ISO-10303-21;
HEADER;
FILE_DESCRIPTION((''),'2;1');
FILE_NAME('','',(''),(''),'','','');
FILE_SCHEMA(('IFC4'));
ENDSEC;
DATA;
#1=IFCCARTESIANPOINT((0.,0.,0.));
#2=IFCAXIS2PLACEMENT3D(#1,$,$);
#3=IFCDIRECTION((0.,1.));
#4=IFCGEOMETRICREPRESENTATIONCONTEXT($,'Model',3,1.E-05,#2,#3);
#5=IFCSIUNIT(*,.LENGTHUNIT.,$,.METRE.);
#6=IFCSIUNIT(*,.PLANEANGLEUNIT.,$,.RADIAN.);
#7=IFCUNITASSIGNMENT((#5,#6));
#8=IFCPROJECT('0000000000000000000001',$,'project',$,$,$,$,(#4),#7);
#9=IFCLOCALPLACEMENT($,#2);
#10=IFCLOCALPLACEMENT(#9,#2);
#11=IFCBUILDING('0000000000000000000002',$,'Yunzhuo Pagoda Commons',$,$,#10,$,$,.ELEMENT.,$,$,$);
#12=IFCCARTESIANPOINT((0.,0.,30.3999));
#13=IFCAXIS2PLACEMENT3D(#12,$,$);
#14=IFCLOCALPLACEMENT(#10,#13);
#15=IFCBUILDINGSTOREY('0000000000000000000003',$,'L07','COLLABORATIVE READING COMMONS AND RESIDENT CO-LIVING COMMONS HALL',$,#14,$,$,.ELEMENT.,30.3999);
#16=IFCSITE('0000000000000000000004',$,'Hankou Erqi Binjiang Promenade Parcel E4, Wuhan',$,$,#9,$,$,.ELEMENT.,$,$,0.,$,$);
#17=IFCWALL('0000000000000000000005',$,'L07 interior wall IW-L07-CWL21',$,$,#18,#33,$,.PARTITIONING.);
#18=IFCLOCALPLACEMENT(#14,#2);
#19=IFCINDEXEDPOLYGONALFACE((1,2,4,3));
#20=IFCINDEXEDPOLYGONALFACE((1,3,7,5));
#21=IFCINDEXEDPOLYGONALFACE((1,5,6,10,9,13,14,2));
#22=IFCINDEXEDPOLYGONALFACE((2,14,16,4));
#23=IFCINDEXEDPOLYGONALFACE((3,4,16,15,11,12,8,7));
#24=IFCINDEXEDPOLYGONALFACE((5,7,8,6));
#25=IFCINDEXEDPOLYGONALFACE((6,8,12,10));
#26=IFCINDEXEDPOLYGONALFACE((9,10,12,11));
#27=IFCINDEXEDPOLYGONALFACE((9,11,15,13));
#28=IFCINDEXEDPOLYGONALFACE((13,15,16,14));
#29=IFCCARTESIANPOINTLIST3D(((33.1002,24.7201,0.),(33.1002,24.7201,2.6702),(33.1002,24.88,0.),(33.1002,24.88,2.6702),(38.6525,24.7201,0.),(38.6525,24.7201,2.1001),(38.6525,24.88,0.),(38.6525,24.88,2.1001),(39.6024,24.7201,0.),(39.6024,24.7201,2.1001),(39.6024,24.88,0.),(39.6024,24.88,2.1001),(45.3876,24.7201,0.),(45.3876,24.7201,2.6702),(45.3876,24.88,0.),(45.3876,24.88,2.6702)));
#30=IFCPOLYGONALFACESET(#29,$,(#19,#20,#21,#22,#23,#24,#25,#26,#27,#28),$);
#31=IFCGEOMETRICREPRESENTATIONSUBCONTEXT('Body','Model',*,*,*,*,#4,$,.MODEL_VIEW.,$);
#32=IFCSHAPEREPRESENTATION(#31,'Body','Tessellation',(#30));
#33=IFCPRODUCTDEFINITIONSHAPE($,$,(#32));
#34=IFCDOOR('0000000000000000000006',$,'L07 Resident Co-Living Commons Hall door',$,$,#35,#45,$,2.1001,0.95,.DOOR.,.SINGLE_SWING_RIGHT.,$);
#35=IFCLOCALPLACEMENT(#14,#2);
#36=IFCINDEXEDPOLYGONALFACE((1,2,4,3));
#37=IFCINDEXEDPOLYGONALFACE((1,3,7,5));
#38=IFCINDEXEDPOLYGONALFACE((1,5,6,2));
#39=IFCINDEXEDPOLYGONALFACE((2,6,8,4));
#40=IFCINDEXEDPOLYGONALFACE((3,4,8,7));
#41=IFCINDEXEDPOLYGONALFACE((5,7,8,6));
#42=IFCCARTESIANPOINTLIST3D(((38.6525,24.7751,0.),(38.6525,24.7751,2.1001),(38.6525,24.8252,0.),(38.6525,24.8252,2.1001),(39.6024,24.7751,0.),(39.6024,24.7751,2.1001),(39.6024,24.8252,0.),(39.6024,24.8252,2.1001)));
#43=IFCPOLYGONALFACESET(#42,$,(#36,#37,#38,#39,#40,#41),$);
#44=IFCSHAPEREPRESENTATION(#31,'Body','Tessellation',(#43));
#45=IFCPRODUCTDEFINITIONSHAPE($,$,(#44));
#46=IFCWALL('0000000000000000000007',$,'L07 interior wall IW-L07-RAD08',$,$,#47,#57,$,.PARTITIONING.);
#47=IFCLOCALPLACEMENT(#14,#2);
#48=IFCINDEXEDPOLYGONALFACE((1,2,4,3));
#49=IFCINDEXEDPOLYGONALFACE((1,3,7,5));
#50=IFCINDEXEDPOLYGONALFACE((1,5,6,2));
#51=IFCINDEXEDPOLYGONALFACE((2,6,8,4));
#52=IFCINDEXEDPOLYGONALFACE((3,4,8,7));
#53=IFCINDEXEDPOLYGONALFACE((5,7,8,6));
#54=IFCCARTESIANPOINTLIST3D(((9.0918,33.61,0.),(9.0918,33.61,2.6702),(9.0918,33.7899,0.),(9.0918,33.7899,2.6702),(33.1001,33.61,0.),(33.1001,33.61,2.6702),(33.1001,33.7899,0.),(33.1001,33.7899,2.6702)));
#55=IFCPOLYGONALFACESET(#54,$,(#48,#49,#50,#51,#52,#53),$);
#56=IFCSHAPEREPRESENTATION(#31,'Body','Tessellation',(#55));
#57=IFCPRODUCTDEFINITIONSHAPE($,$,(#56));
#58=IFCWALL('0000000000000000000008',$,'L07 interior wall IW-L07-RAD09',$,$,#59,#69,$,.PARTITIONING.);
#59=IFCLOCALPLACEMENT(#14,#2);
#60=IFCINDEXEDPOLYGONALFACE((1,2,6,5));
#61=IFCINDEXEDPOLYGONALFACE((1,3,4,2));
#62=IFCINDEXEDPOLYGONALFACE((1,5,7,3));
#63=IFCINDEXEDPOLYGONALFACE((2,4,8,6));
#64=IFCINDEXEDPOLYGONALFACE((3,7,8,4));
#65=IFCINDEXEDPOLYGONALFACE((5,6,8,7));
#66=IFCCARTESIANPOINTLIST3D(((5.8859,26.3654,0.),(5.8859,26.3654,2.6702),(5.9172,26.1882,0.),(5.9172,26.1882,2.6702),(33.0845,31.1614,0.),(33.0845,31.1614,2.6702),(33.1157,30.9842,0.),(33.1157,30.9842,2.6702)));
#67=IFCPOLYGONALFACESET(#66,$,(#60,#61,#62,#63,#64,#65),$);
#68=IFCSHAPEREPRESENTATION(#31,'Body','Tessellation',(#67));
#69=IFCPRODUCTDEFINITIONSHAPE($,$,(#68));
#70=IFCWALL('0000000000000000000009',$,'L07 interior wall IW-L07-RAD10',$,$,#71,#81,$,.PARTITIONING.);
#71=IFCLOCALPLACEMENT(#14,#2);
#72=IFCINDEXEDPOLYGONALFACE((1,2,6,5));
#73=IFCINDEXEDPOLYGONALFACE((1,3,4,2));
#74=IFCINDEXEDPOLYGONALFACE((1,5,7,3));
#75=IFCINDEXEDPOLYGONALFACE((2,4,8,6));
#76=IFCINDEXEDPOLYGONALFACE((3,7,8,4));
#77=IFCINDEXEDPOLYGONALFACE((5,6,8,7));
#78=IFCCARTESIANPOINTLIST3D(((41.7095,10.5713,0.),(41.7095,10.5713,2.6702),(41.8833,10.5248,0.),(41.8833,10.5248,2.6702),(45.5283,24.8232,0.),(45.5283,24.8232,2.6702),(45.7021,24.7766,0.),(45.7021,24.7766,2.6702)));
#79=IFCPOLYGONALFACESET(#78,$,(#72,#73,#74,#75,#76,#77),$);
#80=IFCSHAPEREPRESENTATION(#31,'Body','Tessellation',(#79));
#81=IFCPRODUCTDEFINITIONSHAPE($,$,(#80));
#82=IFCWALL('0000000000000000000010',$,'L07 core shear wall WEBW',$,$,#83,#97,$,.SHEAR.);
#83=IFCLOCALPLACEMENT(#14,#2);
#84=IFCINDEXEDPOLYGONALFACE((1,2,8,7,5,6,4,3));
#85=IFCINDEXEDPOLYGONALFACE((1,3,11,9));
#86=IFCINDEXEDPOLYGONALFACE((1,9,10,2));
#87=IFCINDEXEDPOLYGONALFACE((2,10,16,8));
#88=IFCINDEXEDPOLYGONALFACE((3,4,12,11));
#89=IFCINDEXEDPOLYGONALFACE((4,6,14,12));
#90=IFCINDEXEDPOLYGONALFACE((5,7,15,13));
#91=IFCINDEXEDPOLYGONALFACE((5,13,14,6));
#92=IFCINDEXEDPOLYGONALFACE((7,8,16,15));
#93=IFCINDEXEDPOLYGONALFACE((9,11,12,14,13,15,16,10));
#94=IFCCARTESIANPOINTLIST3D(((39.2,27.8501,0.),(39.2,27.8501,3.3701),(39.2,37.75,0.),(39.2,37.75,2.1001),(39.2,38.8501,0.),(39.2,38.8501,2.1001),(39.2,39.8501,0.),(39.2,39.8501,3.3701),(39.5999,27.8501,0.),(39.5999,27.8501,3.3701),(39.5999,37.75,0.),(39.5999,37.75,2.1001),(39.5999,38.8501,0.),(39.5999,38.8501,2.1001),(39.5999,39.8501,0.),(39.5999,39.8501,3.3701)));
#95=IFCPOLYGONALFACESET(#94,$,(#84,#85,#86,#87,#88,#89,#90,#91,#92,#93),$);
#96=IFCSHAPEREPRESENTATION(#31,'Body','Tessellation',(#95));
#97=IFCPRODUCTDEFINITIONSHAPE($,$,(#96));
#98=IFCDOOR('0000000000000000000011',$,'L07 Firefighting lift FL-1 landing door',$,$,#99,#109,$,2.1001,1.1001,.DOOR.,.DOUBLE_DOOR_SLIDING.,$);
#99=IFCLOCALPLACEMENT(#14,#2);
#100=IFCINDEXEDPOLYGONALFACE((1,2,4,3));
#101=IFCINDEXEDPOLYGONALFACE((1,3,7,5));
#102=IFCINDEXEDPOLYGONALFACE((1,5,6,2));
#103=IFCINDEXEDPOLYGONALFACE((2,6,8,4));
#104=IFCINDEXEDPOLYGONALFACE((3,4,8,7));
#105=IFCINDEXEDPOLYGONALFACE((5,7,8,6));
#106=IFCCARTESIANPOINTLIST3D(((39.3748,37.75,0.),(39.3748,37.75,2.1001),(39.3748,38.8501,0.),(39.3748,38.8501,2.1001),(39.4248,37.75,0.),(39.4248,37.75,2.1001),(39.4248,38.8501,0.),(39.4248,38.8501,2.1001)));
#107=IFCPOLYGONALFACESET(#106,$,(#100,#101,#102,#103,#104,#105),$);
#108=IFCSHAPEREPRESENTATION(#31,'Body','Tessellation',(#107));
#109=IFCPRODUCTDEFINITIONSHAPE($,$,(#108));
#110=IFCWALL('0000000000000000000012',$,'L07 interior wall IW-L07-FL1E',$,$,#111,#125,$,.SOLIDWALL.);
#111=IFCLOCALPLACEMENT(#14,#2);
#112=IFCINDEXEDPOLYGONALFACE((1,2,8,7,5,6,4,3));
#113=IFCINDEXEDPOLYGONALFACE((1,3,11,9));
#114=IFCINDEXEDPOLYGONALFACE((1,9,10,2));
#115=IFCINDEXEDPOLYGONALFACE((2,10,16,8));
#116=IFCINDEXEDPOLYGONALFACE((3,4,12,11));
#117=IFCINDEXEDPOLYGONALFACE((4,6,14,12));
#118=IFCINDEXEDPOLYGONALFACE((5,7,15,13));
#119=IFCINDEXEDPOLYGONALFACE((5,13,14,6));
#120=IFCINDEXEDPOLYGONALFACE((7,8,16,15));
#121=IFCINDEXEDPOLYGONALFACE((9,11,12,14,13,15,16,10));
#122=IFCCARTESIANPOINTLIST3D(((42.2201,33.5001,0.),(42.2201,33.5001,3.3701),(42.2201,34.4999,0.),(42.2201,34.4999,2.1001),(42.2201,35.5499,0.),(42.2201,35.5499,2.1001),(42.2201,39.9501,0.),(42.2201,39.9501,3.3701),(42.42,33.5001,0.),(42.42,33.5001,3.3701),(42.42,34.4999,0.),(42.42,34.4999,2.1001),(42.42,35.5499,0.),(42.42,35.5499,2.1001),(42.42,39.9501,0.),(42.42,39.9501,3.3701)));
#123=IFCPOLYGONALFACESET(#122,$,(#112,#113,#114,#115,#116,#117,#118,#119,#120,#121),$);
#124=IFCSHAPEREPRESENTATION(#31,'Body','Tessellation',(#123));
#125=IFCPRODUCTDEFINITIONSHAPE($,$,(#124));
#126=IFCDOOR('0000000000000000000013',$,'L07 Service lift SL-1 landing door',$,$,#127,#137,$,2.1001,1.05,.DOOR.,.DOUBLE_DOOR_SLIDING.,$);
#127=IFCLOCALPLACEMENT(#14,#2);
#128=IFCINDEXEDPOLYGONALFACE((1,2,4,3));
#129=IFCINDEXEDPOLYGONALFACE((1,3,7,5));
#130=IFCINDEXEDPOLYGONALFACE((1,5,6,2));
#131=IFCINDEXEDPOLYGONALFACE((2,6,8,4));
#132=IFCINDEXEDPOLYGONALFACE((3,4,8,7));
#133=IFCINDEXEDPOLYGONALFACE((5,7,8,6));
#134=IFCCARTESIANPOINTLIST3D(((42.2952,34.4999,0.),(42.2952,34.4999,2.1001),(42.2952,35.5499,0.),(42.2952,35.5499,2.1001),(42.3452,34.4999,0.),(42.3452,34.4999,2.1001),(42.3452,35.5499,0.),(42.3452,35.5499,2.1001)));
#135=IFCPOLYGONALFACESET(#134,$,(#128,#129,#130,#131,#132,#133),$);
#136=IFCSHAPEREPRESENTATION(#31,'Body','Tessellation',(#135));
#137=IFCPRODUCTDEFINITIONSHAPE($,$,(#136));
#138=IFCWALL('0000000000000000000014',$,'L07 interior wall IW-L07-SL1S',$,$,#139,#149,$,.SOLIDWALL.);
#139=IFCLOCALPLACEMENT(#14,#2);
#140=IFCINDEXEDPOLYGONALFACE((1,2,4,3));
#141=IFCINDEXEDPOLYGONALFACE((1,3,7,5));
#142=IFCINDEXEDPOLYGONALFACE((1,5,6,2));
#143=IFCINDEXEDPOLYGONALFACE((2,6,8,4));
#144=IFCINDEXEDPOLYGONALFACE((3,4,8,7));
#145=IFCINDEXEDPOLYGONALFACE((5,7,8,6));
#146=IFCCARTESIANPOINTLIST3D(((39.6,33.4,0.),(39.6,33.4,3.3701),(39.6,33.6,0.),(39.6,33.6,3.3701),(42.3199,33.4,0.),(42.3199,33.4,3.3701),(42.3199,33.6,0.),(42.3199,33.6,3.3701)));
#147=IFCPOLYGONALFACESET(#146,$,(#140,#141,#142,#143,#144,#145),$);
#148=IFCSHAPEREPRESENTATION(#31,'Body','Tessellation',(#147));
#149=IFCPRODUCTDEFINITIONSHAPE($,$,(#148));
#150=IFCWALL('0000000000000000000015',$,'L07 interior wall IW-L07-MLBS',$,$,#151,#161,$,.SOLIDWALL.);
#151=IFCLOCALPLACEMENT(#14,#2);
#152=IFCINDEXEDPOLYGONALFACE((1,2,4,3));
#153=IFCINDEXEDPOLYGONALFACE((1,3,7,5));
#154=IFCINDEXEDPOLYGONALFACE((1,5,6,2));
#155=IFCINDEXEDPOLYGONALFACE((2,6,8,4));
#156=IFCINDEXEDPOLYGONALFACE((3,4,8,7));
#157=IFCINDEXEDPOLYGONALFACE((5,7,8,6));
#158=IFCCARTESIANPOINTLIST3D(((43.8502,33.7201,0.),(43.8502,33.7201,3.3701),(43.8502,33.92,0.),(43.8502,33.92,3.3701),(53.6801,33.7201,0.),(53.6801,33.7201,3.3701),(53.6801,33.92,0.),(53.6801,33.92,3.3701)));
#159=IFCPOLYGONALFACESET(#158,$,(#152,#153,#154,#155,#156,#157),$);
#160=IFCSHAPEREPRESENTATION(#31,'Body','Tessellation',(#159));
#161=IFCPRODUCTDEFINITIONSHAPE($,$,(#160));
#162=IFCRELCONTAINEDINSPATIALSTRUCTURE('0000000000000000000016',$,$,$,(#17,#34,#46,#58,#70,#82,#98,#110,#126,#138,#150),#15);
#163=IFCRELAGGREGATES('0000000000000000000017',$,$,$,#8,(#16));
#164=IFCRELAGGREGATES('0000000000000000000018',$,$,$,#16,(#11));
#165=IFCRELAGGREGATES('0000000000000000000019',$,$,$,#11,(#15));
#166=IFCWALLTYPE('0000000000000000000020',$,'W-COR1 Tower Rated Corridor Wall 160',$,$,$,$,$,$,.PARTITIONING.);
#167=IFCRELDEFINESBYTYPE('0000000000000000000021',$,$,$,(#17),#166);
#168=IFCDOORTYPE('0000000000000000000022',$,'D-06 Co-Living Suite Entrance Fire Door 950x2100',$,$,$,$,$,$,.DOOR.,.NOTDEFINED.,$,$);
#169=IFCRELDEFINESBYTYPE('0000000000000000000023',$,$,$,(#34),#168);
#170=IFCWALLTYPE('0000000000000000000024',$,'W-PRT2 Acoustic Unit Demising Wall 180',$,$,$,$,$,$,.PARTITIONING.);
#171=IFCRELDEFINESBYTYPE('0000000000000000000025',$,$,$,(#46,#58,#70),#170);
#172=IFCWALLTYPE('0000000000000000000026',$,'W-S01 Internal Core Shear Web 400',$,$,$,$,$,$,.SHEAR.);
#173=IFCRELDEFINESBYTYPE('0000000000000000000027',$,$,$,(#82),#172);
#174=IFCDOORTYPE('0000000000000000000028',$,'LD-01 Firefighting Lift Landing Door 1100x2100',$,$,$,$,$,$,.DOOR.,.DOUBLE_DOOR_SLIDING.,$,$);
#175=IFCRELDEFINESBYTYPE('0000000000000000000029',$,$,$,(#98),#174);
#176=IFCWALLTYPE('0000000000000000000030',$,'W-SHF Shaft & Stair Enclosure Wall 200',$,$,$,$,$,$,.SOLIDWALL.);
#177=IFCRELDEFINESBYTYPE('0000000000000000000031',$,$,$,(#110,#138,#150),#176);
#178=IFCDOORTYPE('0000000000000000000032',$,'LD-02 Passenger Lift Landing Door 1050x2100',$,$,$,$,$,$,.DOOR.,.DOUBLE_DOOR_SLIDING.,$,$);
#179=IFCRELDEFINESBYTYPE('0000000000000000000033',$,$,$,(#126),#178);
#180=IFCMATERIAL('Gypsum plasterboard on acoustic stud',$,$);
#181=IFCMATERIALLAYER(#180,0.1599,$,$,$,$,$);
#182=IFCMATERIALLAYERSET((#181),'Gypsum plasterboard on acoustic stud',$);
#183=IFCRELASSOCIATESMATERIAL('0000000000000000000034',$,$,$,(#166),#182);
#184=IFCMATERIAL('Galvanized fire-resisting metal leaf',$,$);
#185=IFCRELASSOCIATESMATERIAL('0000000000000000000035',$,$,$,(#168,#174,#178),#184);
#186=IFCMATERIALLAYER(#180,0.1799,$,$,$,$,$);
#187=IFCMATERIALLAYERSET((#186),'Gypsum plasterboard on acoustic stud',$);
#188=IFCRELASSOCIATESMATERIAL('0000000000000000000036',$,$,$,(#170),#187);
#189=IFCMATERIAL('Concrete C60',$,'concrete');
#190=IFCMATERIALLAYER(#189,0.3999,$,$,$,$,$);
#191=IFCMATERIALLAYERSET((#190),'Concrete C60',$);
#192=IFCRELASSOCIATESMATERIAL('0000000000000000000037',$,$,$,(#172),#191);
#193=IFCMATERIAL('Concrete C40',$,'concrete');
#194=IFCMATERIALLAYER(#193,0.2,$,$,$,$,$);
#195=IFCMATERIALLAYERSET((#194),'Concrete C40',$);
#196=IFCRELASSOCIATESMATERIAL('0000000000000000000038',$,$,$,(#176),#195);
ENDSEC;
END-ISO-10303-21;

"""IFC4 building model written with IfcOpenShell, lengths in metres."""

from ifc_helpers import new_model, si_unit, direction, frame, frame_2d, origin, origin_with_axes, place, context, subcontext, project, spatial, rectangle, extrude, source, transform, mapped, material, layer, layer_set, type_object, element, fill, save


model = new_model("IFC4")

# Units and contexts
model_context = context("Model", 3, precision=1e-05, world=origin(), true_north=direction((0.0, 1.0)))
body_context = subcontext(model_context, "Body", "Model", "MODEL_VIEW")
ifc_project = project(units=[si_unit("LENGTHUNIT", "METRE"), si_unit("PLANEANGLEUNIT", "RADIAN")], contexts=[model_context])

# Site, building, storey
site_placement = place(None, origin())
site = spatial("IfcSite", under=ifc_project, at=site_placement, Name="Hankou Erqi Binjiang Promenade Parcel E4, Wuhan", CompositionType="ELEMENT", RefElevation=0.0)
building_placement = place(site_placement, origin())
building = spatial("IfcBuilding", under=site, at=building_placement, Name="Yunzhuo Pagoda Commons", CompositionType="ELEMENT")
storey_placement = place(building_placement, frame((0.0, 0.0, 30.3999)))
storey = spatial("IfcBuildingStorey", under=building, at=storey_placement, Name="L07", Description="COLLABORATIVE READING COMMONS AND RESIDENT CO-LIVING COMMONS HALL", CompositionType="ELEMENT", Elevation=30.3999)

# Shared definitions
ifc_material_1 = material(Name="Concrete C60", Category="concrete")

# Wall, opening, door
ifc_material_2 = material(Name="Gypsum plasterboard on acoustic stud")
ifc_layer_1 = layer(ifc_material_2, 0.1599)
ifc_layer_set_1 = layer_set([ifc_layer_1], Name="Gypsum plasterboard on acoustic stud")
wall_type_1 = type_object("IfcWallType", Name="W-COR1 Tower Rated Corridor Wall 160", PredefinedType="PARTITIONING", material=ifc_layer_set_1)
ifc_material_3 = material(Name="Galvanized fire-resisting metal leaf")
door_type_1 = type_object("IfcDoorType", Name="D-06 Co-Living Suite Entrance Fire Door 950x2100", OperationType="NOTDEFINED", PredefinedType="DOOR", material=ifc_material_3)
shared_shape_1 = source(origin(), body_context, "Body", "SweptSolid", [
    extrude(rectangle(XDim=0.95, YDim=2.1001, at=frame_2d((0.4751, 1.05))), frame((0.0, 0.0249, 0.0), z_axis=(0.0, -1.0, 0.0), x_axis=(1.0, 0.0, 0.0)), (0.0, 0.0, 1.0), 0.05),
])
wall_1_placement = place(storey_placement, frame((45.3875, 24.8, 0.0), z_axis=(0.0, 0.0, 1.0), x_axis=(-1.0, 0.0, 0.0)))
wall_1 = element("IfcWall", 1, at=wall_1_placement, inside=storey, type_object=wall_type_1, Name="L07 interior wall IW-L07-CWL21", PredefinedType="PARTITIONING", context=body_context, shape_type="SweptSolid", body=[
    extrude(rectangle(XDim=12.2874, YDim=0.1599, at=frame_2d((6.1436, 0.0))), origin(), (0.0, 0.0, 1.0), 2.6702),
])
opening_1_placement = place(wall_1_placement, frame((5.7849, 0.0, 0.0)))
opening_1 = element("IfcOpeningElement", 2, at=opening_1_placement, cuts=wall_1, PredefinedType="OPENING", context=body_context, shape_type="SweptSolid", body=[
    extrude(rectangle(XDim=0.95, YDim=2.1001, at=frame_2d((0.4751, 1.05))), frame((0.0, 0.0898, 0.0), z_axis=(0.0, -1.0, 0.0), x_axis=(1.0, 0.0, 0.0)), (0.0, 0.0, 1.0), 0.1799),
])
door_1_placement = place(opening_1_placement, origin_with_axes())
door_1 = element("IfcDoor", 3, at=door_1_placement, inside=storey, type_object=door_type_1, Name="L07 Resident Co-Living Commons Hall door", OperationType="SINGLE_SWING_RIGHT", OverallHeight=2.1001, OverallWidth=0.95, PredefinedType="DOOR", context=body_context, shape_type="MappedRepresentation", body=[
    mapped(shared_shape_1, transform((0.0, 0.0, 0.0), scale=1.0)),
])
fill(opening_1, door_1)

# Walls
ifc_layer_2 = layer(ifc_material_2, 0.1799)
ifc_layer_set_2 = layer_set([ifc_layer_2], Name="Gypsum plasterboard on acoustic stud")
wall_type_2 = type_object("IfcWallType", Name="W-PRT2 Acoustic Unit Demising Wall 180", PredefinedType="PARTITIONING", material=ifc_layer_set_2)
wall_2_placement = place(storey_placement, frame((33.1001, 33.7, 0.0), z_axis=(0.0, 0.0, 1.0), x_axis=(-1.0, 0.0, 0.0)))
element("IfcWall", 4, at=wall_2_placement, inside=storey, type_object=wall_type_2, Name="L07 interior wall IW-L07-RAD08", PredefinedType="PARTITIONING", context=body_context, shape_type="SweptSolid", body=[
    extrude(rectangle(XDim=24.0083, YDim=0.1799, at=frame_2d((12.0042, 0.0))), origin(), (0.0, 0.0, 1.0), 2.6702),
])
wall_3_placement = place(storey_placement, frame((33.1001, 31.0728, 0.0), z_axis=(0.0, 0.0, 1.0), x_axis=(-0.984807, -0.173651, 0.0)))
element("IfcWall", 5, at=wall_3_placement, inside=storey, type_object=wall_type_2, Name="L07 interior wall IW-L07-RAD09", PredefinedType="PARTITIONING", context=body_context, shape_type="SweptSolid", body=[
    extrude(rectangle(XDim=27.6182, YDim=0.1799, at=frame_2d((13.8091, 0.0))), origin(), (0.0, 0.0, 1.0), 2.6702),
])
wall_4_placement = place(storey_placement, frame((45.6152, 24.8, 0.0), z_axis=(0.0, 0.0, 1.0), x_axis=(-0.258822, -0.965925, 0.0)))
element("IfcWall", 6, at=wall_4_placement, inside=storey, type_object=wall_type_2, Name="L07 interior wall IW-L07-RAD10", PredefinedType="PARTITIONING", context=body_context, shape_type="SweptSolid", body=[
    extrude(rectangle(XDim=14.7546, YDim=0.1799, at=frame_2d((7.3774, 0.0))), origin(), (0.0, 0.0, 1.0), 2.6702),
])

# Walls, openings, doors
ifc_layer_3 = layer(ifc_material_1, 0.3999)
ifc_layer_set_3 = layer_set([ifc_layer_3], Name="Concrete C60")
wall_type_3 = type_object("IfcWallType", Name="W-S01 Internal Core Shear Web 400", PredefinedType="SHEAR", material=ifc_layer_set_3)
wall_5_placement = place(storey_placement, frame((39.3999, 27.8501, 0.0), z_axis=(0.0, 0.0, 1.0), x_axis=(0.0, 1.0, 0.0)))
wall_5 = element("IfcWall", 7, at=wall_5_placement, inside=storey, type_object=wall_type_3, Name="L07 core shear wall WEBW", PredefinedType="SHEAR", context=body_context, shape_type="SweptSolid", body=[
    extrude(rectangle(XDim=12.0, YDim=0.3999, at=frame_2d((6.0, 0.0))), origin(), (0.0, 0.0, 1.0), 3.3701),
])
opening_2_placement = place(wall_5_placement, frame((9.8999, 0.0, 0.0)))
opening_2 = element("IfcOpeningElement", 8, at=opening_2_placement, cuts=wall_5, PredefinedType="OPENING", context=body_context, shape_type="SweptSolid", body=[
    extrude(rectangle(XDim=1.1001, YDim=2.1001, at=frame_2d((0.55, 1.05))), frame((0.0, 0.21, 0.0), z_axis=(0.0, -1.0, 0.0), x_axis=(1.0, 0.0, 0.0)), (0.0, 0.0, 1.0), 0.4199),
])
door_type_2 = type_object("IfcDoorType", Name="LD-01 Firefighting Lift Landing Door 1100x2100", OperationType="DOUBLE_DOOR_SLIDING", PredefinedType="DOOR", material=ifc_material_3)
shared_shape_2 = source(origin(), body_context, "Body", "SweptSolid", [
    extrude(rectangle(XDim=1.1001, YDim=2.1001, at=frame_2d((0.55, 1.05))), frame((0.0, 0.0249, 0.0), z_axis=(0.0, -1.0, 0.0), x_axis=(1.0, 0.0, 0.0)), (0.0, 0.0, 1.0), 0.05),
])
door_2_placement = place(opening_2_placement, frame((1.1001, 0.0, 0.0), z_axis=(0.0, 0.0, 1.0), x_axis=(-1.0, 0.0, 0.0)))
door_2 = element("IfcDoor", 9, at=door_2_placement, inside=storey, type_object=door_type_2, Name="L07 Firefighting lift FL-1 landing door", OperationType="DOUBLE_DOOR_SLIDING", OverallHeight=2.1001, OverallWidth=1.1001, PredefinedType="DOOR", context=body_context, shape_type="MappedRepresentation", body=[
    mapped(shared_shape_2, transform((0.0, 0.0, 0.0), scale=1.0)),
])
fill(opening_2, door_2)
ifc_material_4 = material(Name="Concrete C40", Category="concrete")
ifc_layer_4 = layer(ifc_material_4, 0.2)
ifc_layer_set_4 = layer_set([ifc_layer_4], Name="Concrete C40")
wall_type_4 = type_object("IfcWallType", Name="W-SHF Shaft & Stair Enclosure Wall 200", PredefinedType="SOLIDWALL", material=ifc_layer_set_4)
wall_6_placement = place(storey_placement, frame((42.3201, 33.5, 0.0), z_axis=(0.0, 0.0, 1.0), x_axis=(0.0, 1.0, 0.0)))
wall_6 = element("IfcWall", 10, at=wall_6_placement, inside=storey, type_object=wall_type_4, Name="L07 interior wall IW-L07-FL1E", PredefinedType="SOLIDWALL", context=body_context, shape_type="SweptSolid", body=[
    extrude(rectangle(XDim=6.45, YDim=0.2, at=frame_2d((3.2251, 0.0))), origin(), (0.0, 0.0, 1.0), 3.3701),
])
opening_3_placement = place(wall_6_placement, frame((1.0, 0.0, 0.0)))
opening_3 = element("IfcOpeningElement", 11, at=opening_3_placement, cuts=wall_6, PredefinedType="OPENING", context=body_context, shape_type="SweptSolid", body=[
    extrude(rectangle(XDim=1.05, YDim=2.1001, at=frame_2d((0.5249, 1.05))), frame((0.0, 0.1099, 0.0), z_axis=(0.0, -1.0, 0.0), x_axis=(1.0, 0.0, 0.0)), (0.0, 0.0, 1.0), 0.22),
])
door_type_3 = type_object("IfcDoorType", Name="LD-02 Passenger Lift Landing Door 1050x2100", OperationType="DOUBLE_DOOR_SLIDING", PredefinedType="DOOR", material=ifc_material_3)
shared_shape_3 = source(origin(), body_context, "Body", "SweptSolid", [
    extrude(rectangle(XDim=1.05, YDim=2.1001, at=frame_2d((0.5249, 1.05))), frame((0.0, 0.0249, 0.0), z_axis=(0.0, -1.0, 0.0), x_axis=(1.0, 0.0, 0.0)), (0.0, 0.0, 1.0), 0.05),
])
door_3_placement = place(opening_3_placement, origin_with_axes())
door_3 = element("IfcDoor", 12, at=door_3_placement, inside=storey, type_object=door_type_3, Name="L07 Service lift SL-1 landing door", OperationType="DOUBLE_DOOR_SLIDING", OverallHeight=2.1001, OverallWidth=1.05, PredefinedType="DOOR", context=body_context, shape_type="MappedRepresentation", body=[
    mapped(shared_shape_3, transform((0.0, 0.0, 0.0), scale=1.0)),
])
fill(opening_3, door_3)

# Walls
wall_7_placement = place(storey_placement, frame((39.6001, 33.5, 0.0), z_axis=(0.0, 0.0, 1.0), x_axis=(1.0, 0.0, 0.0)))
element("IfcWall", 13, at=wall_7_placement, inside=storey, type_object=wall_type_4, Name="L07 interior wall IW-L07-SL1S", PredefinedType="SOLIDWALL", context=body_context, shape_type="SweptSolid", body=[
    extrude(rectangle(XDim=2.72, YDim=0.2, at=frame_2d((1.3599, 0.0))), origin(), (0.0, 0.0, 1.0), 3.3701),
])
wall_8_placement = place(storey_placement, frame((43.8501, 33.8201, 0.0), z_axis=(0.0, 0.0, 1.0), x_axis=(1.0, 0.0, 0.0)))
element("IfcWall", 14, at=wall_8_placement, inside=storey, type_object=wall_type_4, Name="L07 interior wall IW-L07-MLBS", PredefinedType="SOLIDWALL", context=body_context, shape_type="SweptSolid", body=[
    extrude(rectangle(XDim=9.8298, YDim=0.2, at=frame_2d((4.915, 0.0))), origin(), (0.0, 0.0, 1.0), 3.3701),
])

save(model, "model.ifc")
